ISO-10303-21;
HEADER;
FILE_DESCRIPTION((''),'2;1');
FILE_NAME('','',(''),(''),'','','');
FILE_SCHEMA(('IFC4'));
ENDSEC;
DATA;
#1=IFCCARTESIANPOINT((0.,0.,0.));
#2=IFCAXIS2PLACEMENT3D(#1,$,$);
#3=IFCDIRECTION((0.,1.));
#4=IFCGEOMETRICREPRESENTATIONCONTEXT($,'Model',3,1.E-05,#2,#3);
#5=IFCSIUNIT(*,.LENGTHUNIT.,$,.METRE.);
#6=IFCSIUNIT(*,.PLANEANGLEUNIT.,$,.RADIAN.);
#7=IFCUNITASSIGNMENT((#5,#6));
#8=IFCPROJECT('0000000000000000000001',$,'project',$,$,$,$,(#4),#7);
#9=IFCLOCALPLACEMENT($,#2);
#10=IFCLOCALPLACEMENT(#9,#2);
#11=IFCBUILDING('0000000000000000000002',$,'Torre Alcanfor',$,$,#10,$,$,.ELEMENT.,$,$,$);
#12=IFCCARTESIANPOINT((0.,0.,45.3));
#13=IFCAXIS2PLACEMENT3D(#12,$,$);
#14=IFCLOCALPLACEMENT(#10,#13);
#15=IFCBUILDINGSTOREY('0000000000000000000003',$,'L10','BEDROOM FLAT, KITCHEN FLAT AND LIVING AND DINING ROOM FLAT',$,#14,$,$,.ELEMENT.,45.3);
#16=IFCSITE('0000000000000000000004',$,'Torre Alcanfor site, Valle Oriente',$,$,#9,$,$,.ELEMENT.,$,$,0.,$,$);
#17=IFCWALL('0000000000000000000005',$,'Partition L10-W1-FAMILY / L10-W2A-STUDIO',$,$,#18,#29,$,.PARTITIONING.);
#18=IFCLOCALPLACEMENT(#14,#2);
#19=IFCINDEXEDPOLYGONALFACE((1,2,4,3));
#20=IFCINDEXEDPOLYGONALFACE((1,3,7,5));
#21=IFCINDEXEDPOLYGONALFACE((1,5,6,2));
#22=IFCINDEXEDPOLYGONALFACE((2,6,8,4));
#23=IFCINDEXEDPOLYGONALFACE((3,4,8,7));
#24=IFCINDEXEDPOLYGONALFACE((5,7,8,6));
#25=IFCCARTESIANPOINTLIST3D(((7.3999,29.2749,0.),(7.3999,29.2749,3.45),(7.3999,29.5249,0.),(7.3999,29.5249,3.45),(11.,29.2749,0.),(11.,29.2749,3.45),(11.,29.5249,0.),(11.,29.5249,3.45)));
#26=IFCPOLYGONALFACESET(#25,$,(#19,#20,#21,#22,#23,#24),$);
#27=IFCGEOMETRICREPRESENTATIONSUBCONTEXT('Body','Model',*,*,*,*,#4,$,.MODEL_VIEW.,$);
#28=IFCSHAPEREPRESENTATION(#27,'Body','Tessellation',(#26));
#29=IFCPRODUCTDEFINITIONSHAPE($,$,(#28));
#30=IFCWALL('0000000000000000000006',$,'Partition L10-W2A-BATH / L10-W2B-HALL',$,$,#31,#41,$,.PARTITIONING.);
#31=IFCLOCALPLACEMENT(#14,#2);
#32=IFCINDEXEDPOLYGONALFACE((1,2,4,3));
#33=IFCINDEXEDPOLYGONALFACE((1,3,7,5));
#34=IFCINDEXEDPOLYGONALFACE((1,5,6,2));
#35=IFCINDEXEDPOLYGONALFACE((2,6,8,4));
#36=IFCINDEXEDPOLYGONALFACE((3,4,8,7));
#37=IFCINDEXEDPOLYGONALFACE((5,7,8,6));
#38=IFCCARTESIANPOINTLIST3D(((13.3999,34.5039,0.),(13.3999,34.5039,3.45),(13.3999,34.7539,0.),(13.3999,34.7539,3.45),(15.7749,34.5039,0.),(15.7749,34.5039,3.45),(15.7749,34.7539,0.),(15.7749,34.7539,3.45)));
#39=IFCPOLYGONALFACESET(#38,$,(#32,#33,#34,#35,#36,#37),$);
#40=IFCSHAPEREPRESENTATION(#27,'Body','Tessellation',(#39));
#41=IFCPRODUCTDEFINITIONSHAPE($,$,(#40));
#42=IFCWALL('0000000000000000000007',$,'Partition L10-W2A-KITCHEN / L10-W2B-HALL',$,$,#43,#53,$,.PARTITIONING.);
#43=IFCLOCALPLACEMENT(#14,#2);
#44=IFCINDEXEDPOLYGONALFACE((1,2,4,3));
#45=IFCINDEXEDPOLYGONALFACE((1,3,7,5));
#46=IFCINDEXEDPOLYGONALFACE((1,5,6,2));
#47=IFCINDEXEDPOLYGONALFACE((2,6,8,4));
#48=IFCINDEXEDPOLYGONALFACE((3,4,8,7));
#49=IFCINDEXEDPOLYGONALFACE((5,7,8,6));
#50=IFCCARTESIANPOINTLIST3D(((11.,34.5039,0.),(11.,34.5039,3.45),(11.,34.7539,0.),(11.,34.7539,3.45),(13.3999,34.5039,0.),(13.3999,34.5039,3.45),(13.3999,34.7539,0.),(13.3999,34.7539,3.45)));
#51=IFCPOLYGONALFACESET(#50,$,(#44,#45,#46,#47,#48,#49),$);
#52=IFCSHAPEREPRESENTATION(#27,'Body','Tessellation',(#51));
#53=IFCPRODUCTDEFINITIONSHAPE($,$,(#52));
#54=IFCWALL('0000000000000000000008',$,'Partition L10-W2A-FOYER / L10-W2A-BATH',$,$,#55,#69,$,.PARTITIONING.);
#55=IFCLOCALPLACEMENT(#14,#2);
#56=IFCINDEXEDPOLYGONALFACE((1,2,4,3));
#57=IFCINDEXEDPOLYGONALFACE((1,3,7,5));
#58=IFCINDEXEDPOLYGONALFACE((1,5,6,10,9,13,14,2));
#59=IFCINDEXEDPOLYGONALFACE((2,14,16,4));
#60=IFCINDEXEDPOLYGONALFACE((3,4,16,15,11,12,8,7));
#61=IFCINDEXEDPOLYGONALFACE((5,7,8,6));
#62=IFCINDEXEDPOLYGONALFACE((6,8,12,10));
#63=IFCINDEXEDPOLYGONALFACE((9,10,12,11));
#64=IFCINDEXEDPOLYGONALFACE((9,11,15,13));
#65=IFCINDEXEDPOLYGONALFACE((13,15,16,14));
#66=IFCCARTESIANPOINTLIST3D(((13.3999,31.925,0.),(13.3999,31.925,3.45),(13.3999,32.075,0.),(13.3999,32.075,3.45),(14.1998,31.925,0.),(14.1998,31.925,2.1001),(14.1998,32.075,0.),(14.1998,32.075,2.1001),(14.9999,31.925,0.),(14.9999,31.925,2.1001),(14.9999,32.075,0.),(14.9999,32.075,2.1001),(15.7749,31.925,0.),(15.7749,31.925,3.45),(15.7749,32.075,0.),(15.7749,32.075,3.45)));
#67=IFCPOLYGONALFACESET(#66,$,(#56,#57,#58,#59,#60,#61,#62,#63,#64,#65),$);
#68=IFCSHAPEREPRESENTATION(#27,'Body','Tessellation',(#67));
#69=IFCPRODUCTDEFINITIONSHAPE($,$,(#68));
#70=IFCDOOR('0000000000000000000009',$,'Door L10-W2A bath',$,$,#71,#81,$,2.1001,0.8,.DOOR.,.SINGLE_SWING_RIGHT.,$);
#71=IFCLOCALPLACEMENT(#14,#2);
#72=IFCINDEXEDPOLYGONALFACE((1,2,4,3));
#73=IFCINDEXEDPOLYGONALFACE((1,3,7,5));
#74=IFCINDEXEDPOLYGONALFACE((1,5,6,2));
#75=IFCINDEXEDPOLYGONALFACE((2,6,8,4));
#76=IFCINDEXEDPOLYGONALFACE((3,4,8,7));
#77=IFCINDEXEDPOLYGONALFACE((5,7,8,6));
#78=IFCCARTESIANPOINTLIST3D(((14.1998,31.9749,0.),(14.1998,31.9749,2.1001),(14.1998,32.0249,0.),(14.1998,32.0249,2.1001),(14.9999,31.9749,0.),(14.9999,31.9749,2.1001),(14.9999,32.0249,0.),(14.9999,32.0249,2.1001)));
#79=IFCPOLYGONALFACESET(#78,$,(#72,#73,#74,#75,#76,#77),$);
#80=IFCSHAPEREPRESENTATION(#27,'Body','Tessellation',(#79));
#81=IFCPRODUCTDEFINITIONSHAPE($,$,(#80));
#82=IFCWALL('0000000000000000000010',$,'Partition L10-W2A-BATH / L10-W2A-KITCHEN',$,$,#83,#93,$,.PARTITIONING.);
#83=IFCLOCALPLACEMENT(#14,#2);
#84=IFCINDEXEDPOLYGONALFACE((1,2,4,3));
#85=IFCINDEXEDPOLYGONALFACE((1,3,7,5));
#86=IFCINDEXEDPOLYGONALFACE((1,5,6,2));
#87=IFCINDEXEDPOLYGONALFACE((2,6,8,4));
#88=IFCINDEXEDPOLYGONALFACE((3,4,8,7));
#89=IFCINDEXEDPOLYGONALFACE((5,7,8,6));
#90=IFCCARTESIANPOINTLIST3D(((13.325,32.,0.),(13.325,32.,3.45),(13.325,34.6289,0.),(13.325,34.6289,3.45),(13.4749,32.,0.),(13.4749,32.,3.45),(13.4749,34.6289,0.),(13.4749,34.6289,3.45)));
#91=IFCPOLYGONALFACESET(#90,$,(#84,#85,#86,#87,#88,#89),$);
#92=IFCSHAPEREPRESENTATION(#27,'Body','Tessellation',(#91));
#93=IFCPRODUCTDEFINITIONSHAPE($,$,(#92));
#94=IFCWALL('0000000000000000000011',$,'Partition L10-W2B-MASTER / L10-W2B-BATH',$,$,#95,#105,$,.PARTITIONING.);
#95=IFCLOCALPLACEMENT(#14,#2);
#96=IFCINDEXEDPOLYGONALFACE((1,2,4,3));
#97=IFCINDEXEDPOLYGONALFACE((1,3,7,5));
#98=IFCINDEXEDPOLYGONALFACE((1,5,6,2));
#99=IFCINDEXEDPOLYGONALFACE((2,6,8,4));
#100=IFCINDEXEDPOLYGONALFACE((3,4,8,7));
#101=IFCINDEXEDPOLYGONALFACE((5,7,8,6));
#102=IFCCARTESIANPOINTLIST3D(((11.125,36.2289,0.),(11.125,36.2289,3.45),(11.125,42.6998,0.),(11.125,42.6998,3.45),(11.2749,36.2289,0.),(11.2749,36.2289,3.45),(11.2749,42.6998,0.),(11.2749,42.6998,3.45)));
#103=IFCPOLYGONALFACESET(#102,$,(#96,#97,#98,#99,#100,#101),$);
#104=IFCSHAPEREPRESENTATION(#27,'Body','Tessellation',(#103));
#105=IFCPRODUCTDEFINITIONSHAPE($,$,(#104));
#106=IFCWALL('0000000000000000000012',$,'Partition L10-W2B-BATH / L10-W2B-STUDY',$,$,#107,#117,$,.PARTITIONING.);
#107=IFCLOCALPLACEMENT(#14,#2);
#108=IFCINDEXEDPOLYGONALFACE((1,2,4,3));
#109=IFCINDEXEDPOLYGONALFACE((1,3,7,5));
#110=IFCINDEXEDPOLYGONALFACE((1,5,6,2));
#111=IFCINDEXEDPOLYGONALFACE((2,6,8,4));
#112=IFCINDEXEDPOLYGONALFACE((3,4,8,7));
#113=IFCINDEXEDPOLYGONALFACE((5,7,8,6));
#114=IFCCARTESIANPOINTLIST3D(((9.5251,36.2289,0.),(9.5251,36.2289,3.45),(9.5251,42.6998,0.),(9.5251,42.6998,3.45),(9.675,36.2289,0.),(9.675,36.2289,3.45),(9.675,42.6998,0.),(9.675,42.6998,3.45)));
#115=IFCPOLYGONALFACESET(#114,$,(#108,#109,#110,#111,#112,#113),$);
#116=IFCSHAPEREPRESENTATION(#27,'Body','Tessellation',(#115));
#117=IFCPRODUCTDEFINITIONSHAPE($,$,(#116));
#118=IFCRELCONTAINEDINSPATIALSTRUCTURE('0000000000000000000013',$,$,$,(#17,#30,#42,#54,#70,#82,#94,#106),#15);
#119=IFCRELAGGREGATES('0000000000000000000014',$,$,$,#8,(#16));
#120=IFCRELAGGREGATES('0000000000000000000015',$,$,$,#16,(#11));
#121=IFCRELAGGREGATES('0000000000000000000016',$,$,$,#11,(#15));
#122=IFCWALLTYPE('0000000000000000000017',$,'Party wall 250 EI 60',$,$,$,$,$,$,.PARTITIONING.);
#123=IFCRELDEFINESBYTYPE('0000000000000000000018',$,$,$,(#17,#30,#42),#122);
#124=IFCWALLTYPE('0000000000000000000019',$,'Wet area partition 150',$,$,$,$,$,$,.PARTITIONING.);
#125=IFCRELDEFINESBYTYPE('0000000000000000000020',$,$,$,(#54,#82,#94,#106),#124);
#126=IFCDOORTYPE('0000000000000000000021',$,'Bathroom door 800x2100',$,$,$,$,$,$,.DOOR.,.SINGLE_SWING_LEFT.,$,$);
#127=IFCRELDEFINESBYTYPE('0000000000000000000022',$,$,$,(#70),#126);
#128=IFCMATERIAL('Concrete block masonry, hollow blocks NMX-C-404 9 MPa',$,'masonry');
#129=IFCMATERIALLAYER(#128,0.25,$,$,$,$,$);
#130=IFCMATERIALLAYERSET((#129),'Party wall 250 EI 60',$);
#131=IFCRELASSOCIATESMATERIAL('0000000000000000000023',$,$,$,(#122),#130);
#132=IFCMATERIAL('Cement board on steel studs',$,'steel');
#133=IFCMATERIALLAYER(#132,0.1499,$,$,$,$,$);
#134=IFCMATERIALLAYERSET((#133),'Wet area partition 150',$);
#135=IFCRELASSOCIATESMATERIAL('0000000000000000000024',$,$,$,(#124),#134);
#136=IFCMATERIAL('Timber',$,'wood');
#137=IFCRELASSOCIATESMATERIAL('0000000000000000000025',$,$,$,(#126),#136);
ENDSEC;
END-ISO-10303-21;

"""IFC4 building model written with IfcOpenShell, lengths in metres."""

from ifc_helpers import new_model, si_unit, direction, frame, frame_2d, origin, place, context, subcontext, project, spatial, rectangle, extrude, material, layer, layer_set, type_object, element, fill, save


model = new_model("IFC4")

# Units and contexts
model_context = context("Model", 3, precision=1e-05, world=origin(), true_north=direction((0.0, 1.0)))
body_context = subcontext(model_context, "Body", "Model", "MODEL_VIEW")
ifc_project = project(units=[si_unit("LENGTHUNIT", "METRE"), si_unit("PLANEANGLEUNIT", "RADIAN")], contexts=[model_context])

# Site, building, storey
site_placement = place(None, origin())
site = spatial("IfcSite", under=ifc_project, at=site_placement, Name="Torre Alcanfor site, Valle Oriente", CompositionType="ELEMENT", RefElevation=0.0)
building_placement = place(site_placement, origin())
building = spatial("IfcBuilding", under=site, at=building_placement, Name="Torre Alcanfor", CompositionType="ELEMENT")
storey_placement = place(building_placement, frame((0.0, 0.0, 45.3)))
storey = spatial("IfcBuildingStorey", under=building, at=storey_placement, Name="L10", Description="BEDROOM FLAT, KITCHEN FLAT AND LIVING AND DINING ROOM FLAT", CompositionType="ELEMENT", Elevation=45.3)

# Walls
ifc_material_1 = material(Name="Concrete block masonry, hollow blocks NMX-C-404 9 MPa", Category="masonry")
ifc_layer_1 = layer(ifc_material_1, 0.25)
ifc_layer_set_1 = layer_set([ifc_layer_1], Name="Party wall 250 EI 60")
wall_type_1 = type_object("IfcWallType", Name="Party wall 250 EI 60", PredefinedType="PARTITIONING", material=ifc_layer_set_1)
wall_1_placement = place(storey_placement, frame((11.0, 29.3999, 0.0), z_axis=(0.0, 0.0, 1.0), x_axis=(-1.0, 0.0, 0.0)))
element("IfcWall", 1, at=wall_1_placement, inside=storey, type_object=wall_type_1, Name="Partition L10-W1-FAMILY / L10-W2A-STUDIO", PredefinedType="PARTITIONING", context=body_context, shape_type="SweptSolid", body=[
    extrude(rectangle(XDim=3.6001, YDim=0.25, at=frame_2d((1.8, 0.0))), origin(), (0.0, 0.0, 1.0), 3.45),
])
wall_2_placement = place(storey_placement, frame((13.3999, 34.6289, 0.0), z_axis=(0.0, 0.0, 1.0), x_axis=(1.0, 0.0, 0.0)))
element("IfcWall", 2, at=wall_2_placement, inside=storey, type_object=wall_type_1, Name="Partition L10-W2A-BATH / L10-W2B-HALL", PredefinedType="PARTITIONING", context=body_context, shape_type="SweptSolid", body=[
    extrude(rectangle(XDim=2.375, YDim=0.25, at=frame_2d((1.1875, 0.0))), origin(), (0.0, 0.0, 1.0), 3.45),
])
wall_3_placement = place(storey_placement, frame((11.0, 34.6289, 0.0), z_axis=(0.0, 0.0, 1.0), x_axis=(1.0, 0.0, 0.0)))
element("IfcWall", 3, at=wall_3_placement, inside=storey, type_object=wall_type_1, Name="Partition L10-W2A-KITCHEN / L10-W2B-HALL", PredefinedType="PARTITIONING", context=body_context, shape_type="SweptSolid", body=[
    extrude(rectangle(XDim=2.3999, YDim=0.25, at=frame_2d((1.2, 0.0))), origin(), (0.0, 0.0, 1.0), 3.45),
])

# Wall, opening, door
ifc_material_2 = material(Name="Cement board on steel studs", Category="steel")
ifc_layer_2 = layer(ifc_material_2, 0.1499)
ifc_layer_set_2 = layer_set([ifc_layer_2], Name="Wet area partition 150")
wall_type_2 = type_object("IfcWallType", Name="Wet area partition 150", PredefinedType="PARTITIONING", material=ifc_layer_set_2)
wall_4_placement = place(storey_placement, frame((13.3999, 32.0, 0.0), z_axis=(0.0, 0.0, 1.0), x_axis=(1.0, 0.0, 0.0)))
wall_4 = element("IfcWall", 4, at=wall_4_placement, inside=storey, type_object=wall_type_2, Name="Partition L10-W2A-FOYER / L10-W2A-BATH", PredefinedType="PARTITIONING", context=body_context, shape_type="SweptSolid", body=[
    extrude(rectangle(XDim=2.375, YDim=0.1499, at=frame_2d((1.1875, 0.0))), origin(), (0.0, 0.0, 1.0), 3.45),
])
opening_1_placement = place(wall_4_placement, frame((0.8, 0.0, 0.0)))
opening_1 = element("IfcOpeningElement", 5, at=opening_1_placement, cuts=wall_4, PredefinedType="OPENING", context=body_context, shape_type="SweptSolid", body=[
    extrude(rectangle(XDim=0.8, YDim=2.1001, at=frame_2d((0.3999, 1.05))), frame((0.0, 0.085, 0.0), z_axis=(0.0, -1.0, 0.0), x_axis=(1.0, 0.0, 0.0)), (0.0, 0.0, 1.0), 0.1699),
])
ifc_material_3 = material(Name="Timber", Category="wood")
door_type_1 = type_object("IfcDoorType", Name="Bathroom door 800x2100", OperationType="SINGLE_SWING_LEFT", PredefinedType="DOOR", material=ifc_material_3)
door_1_placement = place(opening_1_placement, origin())
door_1 = element("IfcDoor", 6, at=door_1_placement, inside=storey, type_object=door_type_1, Name="Door L10-W2A bath", OperationType="SINGLE_SWING_RIGHT", OverallHeight=2.1001, OverallWidth=0.8, PredefinedType="DOOR", context=body_context, shape_type="SweptSolid", body=[
    extrude(rectangle(XDim=0.8, YDim=2.1001, at=frame_2d((0.3999, 1.05))), frame((0.0, 0.0249, 0.0), z_axis=(0.0, -1.0, 0.0), x_axis=(1.0, 0.0, 0.0)), (0.0, 0.0, 1.0), 0.05),
])
fill(opening_1, door_1)

# Walls
wall_5_placement = place(storey_placement, frame((13.3999, 32.0, 0.0), z_axis=(0.0, 0.0, 1.0), x_axis=(0.0, 1.0, 0.0)))
element("IfcWall", 7, at=wall_5_placement, inside=storey, type_object=wall_type_2, Name="Partition L10-W2A-BATH / L10-W2A-KITCHEN", PredefinedType="PARTITIONING", context=body_context, shape_type="SweptSolid", body=[
    extrude(rectangle(XDim=2.6289, YDim=0.1499, at=frame_2d((1.3145, 0.0))), origin(), (0.0, 0.0, 1.0), 3.45),
])
for number, where, z_axis, x_axis, name in (
    (8, (11.2, 36.229, 0.0), (0.0, 0.0, 1.0), (0.0, 1.0, 0.0), "Partition L10-W2B-MASTER / L10-W2B-BATH"),
    (9, (9.6001, 36.229, 0.0), (0.0, 0.0, 1.0), (0.0, 1.0, 0.0), "Partition L10-W2B-BATH / L10-W2B-STUDY"),
):
    element("IfcWall", number, at=place(storey_placement, frame(where, z_axis=z_axis, x_axis=x_axis)), inside=storey, type_object=wall_type_2, Name=name, PredefinedType="PARTITIONING", context=body_context, shape_type="SweptSolid", body=[
        extrude(rectangle(XDim=6.4709, YDim=0.1499, at=frame_2d((3.2354, 0.0))), origin(), (0.0, 0.0, 1.0), 3.45),
    ])

save(model, "model.ifc")
